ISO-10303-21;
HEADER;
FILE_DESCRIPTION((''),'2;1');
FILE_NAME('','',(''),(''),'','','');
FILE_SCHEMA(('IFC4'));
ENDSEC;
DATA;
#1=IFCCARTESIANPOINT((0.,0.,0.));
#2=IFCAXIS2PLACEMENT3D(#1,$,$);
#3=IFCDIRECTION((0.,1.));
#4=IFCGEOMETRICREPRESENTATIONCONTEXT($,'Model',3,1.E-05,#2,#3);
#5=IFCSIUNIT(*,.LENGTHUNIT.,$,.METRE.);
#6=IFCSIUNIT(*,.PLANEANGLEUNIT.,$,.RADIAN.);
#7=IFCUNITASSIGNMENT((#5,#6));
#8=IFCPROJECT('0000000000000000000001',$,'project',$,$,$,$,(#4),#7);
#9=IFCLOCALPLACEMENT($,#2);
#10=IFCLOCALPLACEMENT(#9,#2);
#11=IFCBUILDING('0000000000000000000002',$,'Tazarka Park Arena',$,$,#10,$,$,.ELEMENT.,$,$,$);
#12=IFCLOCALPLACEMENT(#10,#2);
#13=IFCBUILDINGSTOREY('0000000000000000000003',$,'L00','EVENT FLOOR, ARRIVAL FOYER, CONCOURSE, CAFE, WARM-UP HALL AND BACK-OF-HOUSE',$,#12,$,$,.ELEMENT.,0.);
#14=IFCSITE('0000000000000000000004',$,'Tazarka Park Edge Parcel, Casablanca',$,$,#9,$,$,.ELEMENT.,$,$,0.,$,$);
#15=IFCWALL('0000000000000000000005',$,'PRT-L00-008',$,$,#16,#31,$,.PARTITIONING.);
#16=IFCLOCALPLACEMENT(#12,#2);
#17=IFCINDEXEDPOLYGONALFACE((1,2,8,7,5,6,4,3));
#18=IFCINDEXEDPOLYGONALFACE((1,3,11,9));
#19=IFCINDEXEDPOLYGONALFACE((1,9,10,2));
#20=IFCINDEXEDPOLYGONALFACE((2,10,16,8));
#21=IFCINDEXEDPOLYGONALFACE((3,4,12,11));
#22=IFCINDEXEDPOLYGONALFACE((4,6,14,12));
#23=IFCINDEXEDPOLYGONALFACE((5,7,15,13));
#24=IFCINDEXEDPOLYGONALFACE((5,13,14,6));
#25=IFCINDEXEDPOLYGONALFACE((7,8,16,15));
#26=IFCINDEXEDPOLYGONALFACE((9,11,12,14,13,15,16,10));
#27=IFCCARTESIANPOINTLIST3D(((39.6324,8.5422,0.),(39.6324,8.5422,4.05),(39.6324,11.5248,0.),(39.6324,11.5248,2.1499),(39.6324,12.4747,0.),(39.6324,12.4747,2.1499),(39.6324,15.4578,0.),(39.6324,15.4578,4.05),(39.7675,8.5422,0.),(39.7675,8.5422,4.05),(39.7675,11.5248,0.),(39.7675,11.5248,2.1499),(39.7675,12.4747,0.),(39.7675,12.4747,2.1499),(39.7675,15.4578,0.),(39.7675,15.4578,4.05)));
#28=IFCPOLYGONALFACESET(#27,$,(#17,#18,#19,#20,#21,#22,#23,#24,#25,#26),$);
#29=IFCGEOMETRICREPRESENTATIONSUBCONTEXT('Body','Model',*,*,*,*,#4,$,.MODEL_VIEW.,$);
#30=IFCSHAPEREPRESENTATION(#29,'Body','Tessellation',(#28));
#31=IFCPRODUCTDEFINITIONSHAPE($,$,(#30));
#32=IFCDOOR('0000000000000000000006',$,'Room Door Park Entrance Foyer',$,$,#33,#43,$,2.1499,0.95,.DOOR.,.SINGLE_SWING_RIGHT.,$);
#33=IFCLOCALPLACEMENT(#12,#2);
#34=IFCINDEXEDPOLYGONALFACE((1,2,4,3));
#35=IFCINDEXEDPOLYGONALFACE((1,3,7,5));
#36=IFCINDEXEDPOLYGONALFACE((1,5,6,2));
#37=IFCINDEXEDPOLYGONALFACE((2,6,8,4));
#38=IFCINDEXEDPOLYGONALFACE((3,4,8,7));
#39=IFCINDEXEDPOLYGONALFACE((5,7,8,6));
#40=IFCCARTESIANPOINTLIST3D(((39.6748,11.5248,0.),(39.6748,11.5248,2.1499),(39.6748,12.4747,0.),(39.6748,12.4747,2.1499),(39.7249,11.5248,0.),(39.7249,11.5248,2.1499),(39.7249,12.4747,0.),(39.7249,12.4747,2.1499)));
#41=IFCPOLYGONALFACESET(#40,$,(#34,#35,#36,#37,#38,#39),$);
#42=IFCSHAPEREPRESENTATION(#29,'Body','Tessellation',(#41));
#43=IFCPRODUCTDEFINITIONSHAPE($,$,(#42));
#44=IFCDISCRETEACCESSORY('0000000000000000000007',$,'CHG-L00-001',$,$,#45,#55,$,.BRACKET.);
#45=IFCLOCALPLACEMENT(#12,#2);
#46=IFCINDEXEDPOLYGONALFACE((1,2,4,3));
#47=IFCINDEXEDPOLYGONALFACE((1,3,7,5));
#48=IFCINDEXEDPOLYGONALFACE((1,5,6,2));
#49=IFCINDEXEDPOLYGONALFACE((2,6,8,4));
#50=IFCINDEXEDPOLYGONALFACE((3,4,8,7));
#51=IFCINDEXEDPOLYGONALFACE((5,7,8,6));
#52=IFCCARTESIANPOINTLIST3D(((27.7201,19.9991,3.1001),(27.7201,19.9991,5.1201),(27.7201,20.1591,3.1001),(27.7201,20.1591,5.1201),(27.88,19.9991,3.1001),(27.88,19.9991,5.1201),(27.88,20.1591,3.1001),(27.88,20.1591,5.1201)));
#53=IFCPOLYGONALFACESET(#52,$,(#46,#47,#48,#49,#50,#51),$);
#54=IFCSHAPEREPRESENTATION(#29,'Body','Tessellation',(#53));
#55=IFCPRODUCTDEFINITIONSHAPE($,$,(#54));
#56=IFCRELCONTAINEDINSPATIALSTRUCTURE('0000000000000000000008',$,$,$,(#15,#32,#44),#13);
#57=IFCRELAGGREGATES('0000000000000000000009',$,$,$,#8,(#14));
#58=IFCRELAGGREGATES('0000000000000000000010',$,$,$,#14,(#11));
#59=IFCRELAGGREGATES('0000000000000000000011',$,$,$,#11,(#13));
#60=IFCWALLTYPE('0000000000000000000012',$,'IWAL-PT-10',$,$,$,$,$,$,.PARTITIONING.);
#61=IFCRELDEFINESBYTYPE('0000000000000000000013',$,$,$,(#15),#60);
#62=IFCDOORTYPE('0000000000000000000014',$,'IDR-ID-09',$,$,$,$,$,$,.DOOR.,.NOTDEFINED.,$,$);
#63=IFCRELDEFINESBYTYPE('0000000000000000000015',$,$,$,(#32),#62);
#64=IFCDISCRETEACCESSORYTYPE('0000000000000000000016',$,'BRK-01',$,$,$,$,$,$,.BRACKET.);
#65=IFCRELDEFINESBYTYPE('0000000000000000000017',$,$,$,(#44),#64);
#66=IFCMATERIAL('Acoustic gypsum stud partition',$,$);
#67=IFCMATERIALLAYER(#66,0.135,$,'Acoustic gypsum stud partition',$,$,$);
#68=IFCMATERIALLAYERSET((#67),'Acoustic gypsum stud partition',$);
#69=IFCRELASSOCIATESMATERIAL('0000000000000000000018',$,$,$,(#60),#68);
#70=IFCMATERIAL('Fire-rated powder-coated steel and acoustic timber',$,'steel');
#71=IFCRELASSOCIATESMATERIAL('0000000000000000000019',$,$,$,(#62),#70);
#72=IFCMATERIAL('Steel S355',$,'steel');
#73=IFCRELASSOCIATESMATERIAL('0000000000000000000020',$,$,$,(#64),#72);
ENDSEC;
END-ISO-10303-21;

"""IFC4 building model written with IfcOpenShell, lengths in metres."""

from ifc_helpers import new_model, si_unit, direction, frame, frame_2d, origin, origin_2d, place, context, subcontext, project, spatial, rectangle, extrude, material, layer, layer_set, type_object, element, fill, save


model = new_model("IFC4")

# Units and contexts
model_context = context("Model", 3, precision=1e-05, world=origin(), true_north=direction((0.0, 1.0)))
body_context = subcontext(model_context, "Body", "Model", "MODEL_VIEW")
ifc_project = project(units=[si_unit("LENGTHUNIT", "METRE"), si_unit("PLANEANGLEUNIT", "RADIAN")], contexts=[model_context])

# Site, building, storey
site_placement = place(None, origin())
site = spatial("IfcSite", under=ifc_project, at=site_placement, Name="Tazarka Park Edge Parcel, Casablanca", CompositionType="ELEMENT", RefElevation=0.0)
building_placement = place(site_placement, origin())
building = spatial("IfcBuilding", under=site, at=building_placement, Name="Tazarka Park Arena", CompositionType="ELEMENT")
storey_placement = place(building_placement, origin())
storey = spatial("IfcBuildingStorey", under=building, at=storey_placement, Name="L00", Description="EVENT FLOOR, ARRIVAL FOYER, CONCOURSE, CAFE, WARM-UP HALL AND BACK-OF-HOUSE", CompositionType="ELEMENT", Elevation=0.0)

# Wall, opening, door
ifc_material_1 = material(Name="Acoustic gypsum stud partition")
ifc_layer = layer(ifc_material_1, 0.135, Name="Acoustic gypsum stud partition")
ifc_layer_set = layer_set([ifc_layer], Name="Acoustic gypsum stud partition")
wall_type = type_object("IfcWallType", Name="IWAL-PT-10", PredefinedType="PARTITIONING", material=ifc_layer_set)
wall_placement = place(storey_placement, frame((39.7, 15.4578, 0.0), z_axis=(0.0, 0.0, 1.0), x_axis=(0.0, -1.0, 0.0)))
wall = element("IfcWall", 1, at=wall_placement, inside=storey, type_object=wall_type, Name="PRT-L00-008", PredefinedType="PARTITIONING", context=body_context, shape_type="SweptSolid", body=[
    extrude(rectangle(XDim=6.9155, YDim=0.135, at=frame_2d((3.4578, 0.0))), origin(), (0.0, 0.0, 1.0), 4.05),
])
opening_placement = place(wall_placement, frame((2.9829, 0.0, 0.0)))
opening = element("IfcOpeningElement", 2, at=opening_placement, cuts=wall, PredefinedType="OPENING", context=body_context, shape_type="SweptSolid", body=[
    extrude(rectangle(XDim=0.95, YDim=2.1499, at=frame_2d((0.4751, 1.075))), frame((0.0, 0.0776, 0.0), z_axis=(0.0, -1.0, 0.0), x_axis=(1.0, 0.0, 0.0)), (0.0, 0.0, 1.0), 0.155),
])
ifc_material_2 = material(Name="Fire-rated powder-coated steel and acoustic timber", Category="steel")
door_type = type_object("IfcDoorType", Name="IDR-ID-09", OperationType="NOTDEFINED", PredefinedType="DOOR", material=ifc_material_2)
door_placement = place(opening_placement, origin())
door = element("IfcDoor", 3, at=door_placement, inside=storey, type_object=door_type, Name="Room Door Park Entrance Foyer", OperationType="SINGLE_SWING_RIGHT", OverallHeight=2.1499, OverallWidth=0.95, PredefinedType="DOOR", context=body_context, shape_type="SweptSolid", body=[
    extrude(rectangle(XDim=0.95, YDim=2.1499, at=frame_2d((0.4751, 1.075))), frame((0.0, 0.0249, 0.0), z_axis=(0.0, -1.0, 0.0), x_axis=(1.0, 0.0, 0.0)), (0.0, 0.0, 1.0), 0.05),
])
fill(opening, door)

# Discrete accessory
ifc_material_3 = material(Name="Steel S355", Category="steel")
discrete_accessory_type = type_object("IfcDiscreteAccessoryType", Name="BRK-01", PredefinedType="BRACKET", material=ifc_material_3)
discrete_accessory_placement = place(storey_placement, frame((27.8, 20.0791, 3.1001), z_axis=(0.0, 0.0, 1.0), x_axis=(1.0, 0.0, 0.0)))
element("IfcDiscreteAccessory", 4, at=discrete_accessory_placement, inside=storey, type_object=discrete_accessory_type, Name="CHG-L00-001", PredefinedType="BRACKET", context=body_context, shape_type="SweptSolid", body=[
    extrude(rectangle(XDim=0.1599, YDim=0.1599, at=origin_2d()), origin(), (0.0, 0.0, 1.0), 2.02),
])

save(model, "model.ifc")
